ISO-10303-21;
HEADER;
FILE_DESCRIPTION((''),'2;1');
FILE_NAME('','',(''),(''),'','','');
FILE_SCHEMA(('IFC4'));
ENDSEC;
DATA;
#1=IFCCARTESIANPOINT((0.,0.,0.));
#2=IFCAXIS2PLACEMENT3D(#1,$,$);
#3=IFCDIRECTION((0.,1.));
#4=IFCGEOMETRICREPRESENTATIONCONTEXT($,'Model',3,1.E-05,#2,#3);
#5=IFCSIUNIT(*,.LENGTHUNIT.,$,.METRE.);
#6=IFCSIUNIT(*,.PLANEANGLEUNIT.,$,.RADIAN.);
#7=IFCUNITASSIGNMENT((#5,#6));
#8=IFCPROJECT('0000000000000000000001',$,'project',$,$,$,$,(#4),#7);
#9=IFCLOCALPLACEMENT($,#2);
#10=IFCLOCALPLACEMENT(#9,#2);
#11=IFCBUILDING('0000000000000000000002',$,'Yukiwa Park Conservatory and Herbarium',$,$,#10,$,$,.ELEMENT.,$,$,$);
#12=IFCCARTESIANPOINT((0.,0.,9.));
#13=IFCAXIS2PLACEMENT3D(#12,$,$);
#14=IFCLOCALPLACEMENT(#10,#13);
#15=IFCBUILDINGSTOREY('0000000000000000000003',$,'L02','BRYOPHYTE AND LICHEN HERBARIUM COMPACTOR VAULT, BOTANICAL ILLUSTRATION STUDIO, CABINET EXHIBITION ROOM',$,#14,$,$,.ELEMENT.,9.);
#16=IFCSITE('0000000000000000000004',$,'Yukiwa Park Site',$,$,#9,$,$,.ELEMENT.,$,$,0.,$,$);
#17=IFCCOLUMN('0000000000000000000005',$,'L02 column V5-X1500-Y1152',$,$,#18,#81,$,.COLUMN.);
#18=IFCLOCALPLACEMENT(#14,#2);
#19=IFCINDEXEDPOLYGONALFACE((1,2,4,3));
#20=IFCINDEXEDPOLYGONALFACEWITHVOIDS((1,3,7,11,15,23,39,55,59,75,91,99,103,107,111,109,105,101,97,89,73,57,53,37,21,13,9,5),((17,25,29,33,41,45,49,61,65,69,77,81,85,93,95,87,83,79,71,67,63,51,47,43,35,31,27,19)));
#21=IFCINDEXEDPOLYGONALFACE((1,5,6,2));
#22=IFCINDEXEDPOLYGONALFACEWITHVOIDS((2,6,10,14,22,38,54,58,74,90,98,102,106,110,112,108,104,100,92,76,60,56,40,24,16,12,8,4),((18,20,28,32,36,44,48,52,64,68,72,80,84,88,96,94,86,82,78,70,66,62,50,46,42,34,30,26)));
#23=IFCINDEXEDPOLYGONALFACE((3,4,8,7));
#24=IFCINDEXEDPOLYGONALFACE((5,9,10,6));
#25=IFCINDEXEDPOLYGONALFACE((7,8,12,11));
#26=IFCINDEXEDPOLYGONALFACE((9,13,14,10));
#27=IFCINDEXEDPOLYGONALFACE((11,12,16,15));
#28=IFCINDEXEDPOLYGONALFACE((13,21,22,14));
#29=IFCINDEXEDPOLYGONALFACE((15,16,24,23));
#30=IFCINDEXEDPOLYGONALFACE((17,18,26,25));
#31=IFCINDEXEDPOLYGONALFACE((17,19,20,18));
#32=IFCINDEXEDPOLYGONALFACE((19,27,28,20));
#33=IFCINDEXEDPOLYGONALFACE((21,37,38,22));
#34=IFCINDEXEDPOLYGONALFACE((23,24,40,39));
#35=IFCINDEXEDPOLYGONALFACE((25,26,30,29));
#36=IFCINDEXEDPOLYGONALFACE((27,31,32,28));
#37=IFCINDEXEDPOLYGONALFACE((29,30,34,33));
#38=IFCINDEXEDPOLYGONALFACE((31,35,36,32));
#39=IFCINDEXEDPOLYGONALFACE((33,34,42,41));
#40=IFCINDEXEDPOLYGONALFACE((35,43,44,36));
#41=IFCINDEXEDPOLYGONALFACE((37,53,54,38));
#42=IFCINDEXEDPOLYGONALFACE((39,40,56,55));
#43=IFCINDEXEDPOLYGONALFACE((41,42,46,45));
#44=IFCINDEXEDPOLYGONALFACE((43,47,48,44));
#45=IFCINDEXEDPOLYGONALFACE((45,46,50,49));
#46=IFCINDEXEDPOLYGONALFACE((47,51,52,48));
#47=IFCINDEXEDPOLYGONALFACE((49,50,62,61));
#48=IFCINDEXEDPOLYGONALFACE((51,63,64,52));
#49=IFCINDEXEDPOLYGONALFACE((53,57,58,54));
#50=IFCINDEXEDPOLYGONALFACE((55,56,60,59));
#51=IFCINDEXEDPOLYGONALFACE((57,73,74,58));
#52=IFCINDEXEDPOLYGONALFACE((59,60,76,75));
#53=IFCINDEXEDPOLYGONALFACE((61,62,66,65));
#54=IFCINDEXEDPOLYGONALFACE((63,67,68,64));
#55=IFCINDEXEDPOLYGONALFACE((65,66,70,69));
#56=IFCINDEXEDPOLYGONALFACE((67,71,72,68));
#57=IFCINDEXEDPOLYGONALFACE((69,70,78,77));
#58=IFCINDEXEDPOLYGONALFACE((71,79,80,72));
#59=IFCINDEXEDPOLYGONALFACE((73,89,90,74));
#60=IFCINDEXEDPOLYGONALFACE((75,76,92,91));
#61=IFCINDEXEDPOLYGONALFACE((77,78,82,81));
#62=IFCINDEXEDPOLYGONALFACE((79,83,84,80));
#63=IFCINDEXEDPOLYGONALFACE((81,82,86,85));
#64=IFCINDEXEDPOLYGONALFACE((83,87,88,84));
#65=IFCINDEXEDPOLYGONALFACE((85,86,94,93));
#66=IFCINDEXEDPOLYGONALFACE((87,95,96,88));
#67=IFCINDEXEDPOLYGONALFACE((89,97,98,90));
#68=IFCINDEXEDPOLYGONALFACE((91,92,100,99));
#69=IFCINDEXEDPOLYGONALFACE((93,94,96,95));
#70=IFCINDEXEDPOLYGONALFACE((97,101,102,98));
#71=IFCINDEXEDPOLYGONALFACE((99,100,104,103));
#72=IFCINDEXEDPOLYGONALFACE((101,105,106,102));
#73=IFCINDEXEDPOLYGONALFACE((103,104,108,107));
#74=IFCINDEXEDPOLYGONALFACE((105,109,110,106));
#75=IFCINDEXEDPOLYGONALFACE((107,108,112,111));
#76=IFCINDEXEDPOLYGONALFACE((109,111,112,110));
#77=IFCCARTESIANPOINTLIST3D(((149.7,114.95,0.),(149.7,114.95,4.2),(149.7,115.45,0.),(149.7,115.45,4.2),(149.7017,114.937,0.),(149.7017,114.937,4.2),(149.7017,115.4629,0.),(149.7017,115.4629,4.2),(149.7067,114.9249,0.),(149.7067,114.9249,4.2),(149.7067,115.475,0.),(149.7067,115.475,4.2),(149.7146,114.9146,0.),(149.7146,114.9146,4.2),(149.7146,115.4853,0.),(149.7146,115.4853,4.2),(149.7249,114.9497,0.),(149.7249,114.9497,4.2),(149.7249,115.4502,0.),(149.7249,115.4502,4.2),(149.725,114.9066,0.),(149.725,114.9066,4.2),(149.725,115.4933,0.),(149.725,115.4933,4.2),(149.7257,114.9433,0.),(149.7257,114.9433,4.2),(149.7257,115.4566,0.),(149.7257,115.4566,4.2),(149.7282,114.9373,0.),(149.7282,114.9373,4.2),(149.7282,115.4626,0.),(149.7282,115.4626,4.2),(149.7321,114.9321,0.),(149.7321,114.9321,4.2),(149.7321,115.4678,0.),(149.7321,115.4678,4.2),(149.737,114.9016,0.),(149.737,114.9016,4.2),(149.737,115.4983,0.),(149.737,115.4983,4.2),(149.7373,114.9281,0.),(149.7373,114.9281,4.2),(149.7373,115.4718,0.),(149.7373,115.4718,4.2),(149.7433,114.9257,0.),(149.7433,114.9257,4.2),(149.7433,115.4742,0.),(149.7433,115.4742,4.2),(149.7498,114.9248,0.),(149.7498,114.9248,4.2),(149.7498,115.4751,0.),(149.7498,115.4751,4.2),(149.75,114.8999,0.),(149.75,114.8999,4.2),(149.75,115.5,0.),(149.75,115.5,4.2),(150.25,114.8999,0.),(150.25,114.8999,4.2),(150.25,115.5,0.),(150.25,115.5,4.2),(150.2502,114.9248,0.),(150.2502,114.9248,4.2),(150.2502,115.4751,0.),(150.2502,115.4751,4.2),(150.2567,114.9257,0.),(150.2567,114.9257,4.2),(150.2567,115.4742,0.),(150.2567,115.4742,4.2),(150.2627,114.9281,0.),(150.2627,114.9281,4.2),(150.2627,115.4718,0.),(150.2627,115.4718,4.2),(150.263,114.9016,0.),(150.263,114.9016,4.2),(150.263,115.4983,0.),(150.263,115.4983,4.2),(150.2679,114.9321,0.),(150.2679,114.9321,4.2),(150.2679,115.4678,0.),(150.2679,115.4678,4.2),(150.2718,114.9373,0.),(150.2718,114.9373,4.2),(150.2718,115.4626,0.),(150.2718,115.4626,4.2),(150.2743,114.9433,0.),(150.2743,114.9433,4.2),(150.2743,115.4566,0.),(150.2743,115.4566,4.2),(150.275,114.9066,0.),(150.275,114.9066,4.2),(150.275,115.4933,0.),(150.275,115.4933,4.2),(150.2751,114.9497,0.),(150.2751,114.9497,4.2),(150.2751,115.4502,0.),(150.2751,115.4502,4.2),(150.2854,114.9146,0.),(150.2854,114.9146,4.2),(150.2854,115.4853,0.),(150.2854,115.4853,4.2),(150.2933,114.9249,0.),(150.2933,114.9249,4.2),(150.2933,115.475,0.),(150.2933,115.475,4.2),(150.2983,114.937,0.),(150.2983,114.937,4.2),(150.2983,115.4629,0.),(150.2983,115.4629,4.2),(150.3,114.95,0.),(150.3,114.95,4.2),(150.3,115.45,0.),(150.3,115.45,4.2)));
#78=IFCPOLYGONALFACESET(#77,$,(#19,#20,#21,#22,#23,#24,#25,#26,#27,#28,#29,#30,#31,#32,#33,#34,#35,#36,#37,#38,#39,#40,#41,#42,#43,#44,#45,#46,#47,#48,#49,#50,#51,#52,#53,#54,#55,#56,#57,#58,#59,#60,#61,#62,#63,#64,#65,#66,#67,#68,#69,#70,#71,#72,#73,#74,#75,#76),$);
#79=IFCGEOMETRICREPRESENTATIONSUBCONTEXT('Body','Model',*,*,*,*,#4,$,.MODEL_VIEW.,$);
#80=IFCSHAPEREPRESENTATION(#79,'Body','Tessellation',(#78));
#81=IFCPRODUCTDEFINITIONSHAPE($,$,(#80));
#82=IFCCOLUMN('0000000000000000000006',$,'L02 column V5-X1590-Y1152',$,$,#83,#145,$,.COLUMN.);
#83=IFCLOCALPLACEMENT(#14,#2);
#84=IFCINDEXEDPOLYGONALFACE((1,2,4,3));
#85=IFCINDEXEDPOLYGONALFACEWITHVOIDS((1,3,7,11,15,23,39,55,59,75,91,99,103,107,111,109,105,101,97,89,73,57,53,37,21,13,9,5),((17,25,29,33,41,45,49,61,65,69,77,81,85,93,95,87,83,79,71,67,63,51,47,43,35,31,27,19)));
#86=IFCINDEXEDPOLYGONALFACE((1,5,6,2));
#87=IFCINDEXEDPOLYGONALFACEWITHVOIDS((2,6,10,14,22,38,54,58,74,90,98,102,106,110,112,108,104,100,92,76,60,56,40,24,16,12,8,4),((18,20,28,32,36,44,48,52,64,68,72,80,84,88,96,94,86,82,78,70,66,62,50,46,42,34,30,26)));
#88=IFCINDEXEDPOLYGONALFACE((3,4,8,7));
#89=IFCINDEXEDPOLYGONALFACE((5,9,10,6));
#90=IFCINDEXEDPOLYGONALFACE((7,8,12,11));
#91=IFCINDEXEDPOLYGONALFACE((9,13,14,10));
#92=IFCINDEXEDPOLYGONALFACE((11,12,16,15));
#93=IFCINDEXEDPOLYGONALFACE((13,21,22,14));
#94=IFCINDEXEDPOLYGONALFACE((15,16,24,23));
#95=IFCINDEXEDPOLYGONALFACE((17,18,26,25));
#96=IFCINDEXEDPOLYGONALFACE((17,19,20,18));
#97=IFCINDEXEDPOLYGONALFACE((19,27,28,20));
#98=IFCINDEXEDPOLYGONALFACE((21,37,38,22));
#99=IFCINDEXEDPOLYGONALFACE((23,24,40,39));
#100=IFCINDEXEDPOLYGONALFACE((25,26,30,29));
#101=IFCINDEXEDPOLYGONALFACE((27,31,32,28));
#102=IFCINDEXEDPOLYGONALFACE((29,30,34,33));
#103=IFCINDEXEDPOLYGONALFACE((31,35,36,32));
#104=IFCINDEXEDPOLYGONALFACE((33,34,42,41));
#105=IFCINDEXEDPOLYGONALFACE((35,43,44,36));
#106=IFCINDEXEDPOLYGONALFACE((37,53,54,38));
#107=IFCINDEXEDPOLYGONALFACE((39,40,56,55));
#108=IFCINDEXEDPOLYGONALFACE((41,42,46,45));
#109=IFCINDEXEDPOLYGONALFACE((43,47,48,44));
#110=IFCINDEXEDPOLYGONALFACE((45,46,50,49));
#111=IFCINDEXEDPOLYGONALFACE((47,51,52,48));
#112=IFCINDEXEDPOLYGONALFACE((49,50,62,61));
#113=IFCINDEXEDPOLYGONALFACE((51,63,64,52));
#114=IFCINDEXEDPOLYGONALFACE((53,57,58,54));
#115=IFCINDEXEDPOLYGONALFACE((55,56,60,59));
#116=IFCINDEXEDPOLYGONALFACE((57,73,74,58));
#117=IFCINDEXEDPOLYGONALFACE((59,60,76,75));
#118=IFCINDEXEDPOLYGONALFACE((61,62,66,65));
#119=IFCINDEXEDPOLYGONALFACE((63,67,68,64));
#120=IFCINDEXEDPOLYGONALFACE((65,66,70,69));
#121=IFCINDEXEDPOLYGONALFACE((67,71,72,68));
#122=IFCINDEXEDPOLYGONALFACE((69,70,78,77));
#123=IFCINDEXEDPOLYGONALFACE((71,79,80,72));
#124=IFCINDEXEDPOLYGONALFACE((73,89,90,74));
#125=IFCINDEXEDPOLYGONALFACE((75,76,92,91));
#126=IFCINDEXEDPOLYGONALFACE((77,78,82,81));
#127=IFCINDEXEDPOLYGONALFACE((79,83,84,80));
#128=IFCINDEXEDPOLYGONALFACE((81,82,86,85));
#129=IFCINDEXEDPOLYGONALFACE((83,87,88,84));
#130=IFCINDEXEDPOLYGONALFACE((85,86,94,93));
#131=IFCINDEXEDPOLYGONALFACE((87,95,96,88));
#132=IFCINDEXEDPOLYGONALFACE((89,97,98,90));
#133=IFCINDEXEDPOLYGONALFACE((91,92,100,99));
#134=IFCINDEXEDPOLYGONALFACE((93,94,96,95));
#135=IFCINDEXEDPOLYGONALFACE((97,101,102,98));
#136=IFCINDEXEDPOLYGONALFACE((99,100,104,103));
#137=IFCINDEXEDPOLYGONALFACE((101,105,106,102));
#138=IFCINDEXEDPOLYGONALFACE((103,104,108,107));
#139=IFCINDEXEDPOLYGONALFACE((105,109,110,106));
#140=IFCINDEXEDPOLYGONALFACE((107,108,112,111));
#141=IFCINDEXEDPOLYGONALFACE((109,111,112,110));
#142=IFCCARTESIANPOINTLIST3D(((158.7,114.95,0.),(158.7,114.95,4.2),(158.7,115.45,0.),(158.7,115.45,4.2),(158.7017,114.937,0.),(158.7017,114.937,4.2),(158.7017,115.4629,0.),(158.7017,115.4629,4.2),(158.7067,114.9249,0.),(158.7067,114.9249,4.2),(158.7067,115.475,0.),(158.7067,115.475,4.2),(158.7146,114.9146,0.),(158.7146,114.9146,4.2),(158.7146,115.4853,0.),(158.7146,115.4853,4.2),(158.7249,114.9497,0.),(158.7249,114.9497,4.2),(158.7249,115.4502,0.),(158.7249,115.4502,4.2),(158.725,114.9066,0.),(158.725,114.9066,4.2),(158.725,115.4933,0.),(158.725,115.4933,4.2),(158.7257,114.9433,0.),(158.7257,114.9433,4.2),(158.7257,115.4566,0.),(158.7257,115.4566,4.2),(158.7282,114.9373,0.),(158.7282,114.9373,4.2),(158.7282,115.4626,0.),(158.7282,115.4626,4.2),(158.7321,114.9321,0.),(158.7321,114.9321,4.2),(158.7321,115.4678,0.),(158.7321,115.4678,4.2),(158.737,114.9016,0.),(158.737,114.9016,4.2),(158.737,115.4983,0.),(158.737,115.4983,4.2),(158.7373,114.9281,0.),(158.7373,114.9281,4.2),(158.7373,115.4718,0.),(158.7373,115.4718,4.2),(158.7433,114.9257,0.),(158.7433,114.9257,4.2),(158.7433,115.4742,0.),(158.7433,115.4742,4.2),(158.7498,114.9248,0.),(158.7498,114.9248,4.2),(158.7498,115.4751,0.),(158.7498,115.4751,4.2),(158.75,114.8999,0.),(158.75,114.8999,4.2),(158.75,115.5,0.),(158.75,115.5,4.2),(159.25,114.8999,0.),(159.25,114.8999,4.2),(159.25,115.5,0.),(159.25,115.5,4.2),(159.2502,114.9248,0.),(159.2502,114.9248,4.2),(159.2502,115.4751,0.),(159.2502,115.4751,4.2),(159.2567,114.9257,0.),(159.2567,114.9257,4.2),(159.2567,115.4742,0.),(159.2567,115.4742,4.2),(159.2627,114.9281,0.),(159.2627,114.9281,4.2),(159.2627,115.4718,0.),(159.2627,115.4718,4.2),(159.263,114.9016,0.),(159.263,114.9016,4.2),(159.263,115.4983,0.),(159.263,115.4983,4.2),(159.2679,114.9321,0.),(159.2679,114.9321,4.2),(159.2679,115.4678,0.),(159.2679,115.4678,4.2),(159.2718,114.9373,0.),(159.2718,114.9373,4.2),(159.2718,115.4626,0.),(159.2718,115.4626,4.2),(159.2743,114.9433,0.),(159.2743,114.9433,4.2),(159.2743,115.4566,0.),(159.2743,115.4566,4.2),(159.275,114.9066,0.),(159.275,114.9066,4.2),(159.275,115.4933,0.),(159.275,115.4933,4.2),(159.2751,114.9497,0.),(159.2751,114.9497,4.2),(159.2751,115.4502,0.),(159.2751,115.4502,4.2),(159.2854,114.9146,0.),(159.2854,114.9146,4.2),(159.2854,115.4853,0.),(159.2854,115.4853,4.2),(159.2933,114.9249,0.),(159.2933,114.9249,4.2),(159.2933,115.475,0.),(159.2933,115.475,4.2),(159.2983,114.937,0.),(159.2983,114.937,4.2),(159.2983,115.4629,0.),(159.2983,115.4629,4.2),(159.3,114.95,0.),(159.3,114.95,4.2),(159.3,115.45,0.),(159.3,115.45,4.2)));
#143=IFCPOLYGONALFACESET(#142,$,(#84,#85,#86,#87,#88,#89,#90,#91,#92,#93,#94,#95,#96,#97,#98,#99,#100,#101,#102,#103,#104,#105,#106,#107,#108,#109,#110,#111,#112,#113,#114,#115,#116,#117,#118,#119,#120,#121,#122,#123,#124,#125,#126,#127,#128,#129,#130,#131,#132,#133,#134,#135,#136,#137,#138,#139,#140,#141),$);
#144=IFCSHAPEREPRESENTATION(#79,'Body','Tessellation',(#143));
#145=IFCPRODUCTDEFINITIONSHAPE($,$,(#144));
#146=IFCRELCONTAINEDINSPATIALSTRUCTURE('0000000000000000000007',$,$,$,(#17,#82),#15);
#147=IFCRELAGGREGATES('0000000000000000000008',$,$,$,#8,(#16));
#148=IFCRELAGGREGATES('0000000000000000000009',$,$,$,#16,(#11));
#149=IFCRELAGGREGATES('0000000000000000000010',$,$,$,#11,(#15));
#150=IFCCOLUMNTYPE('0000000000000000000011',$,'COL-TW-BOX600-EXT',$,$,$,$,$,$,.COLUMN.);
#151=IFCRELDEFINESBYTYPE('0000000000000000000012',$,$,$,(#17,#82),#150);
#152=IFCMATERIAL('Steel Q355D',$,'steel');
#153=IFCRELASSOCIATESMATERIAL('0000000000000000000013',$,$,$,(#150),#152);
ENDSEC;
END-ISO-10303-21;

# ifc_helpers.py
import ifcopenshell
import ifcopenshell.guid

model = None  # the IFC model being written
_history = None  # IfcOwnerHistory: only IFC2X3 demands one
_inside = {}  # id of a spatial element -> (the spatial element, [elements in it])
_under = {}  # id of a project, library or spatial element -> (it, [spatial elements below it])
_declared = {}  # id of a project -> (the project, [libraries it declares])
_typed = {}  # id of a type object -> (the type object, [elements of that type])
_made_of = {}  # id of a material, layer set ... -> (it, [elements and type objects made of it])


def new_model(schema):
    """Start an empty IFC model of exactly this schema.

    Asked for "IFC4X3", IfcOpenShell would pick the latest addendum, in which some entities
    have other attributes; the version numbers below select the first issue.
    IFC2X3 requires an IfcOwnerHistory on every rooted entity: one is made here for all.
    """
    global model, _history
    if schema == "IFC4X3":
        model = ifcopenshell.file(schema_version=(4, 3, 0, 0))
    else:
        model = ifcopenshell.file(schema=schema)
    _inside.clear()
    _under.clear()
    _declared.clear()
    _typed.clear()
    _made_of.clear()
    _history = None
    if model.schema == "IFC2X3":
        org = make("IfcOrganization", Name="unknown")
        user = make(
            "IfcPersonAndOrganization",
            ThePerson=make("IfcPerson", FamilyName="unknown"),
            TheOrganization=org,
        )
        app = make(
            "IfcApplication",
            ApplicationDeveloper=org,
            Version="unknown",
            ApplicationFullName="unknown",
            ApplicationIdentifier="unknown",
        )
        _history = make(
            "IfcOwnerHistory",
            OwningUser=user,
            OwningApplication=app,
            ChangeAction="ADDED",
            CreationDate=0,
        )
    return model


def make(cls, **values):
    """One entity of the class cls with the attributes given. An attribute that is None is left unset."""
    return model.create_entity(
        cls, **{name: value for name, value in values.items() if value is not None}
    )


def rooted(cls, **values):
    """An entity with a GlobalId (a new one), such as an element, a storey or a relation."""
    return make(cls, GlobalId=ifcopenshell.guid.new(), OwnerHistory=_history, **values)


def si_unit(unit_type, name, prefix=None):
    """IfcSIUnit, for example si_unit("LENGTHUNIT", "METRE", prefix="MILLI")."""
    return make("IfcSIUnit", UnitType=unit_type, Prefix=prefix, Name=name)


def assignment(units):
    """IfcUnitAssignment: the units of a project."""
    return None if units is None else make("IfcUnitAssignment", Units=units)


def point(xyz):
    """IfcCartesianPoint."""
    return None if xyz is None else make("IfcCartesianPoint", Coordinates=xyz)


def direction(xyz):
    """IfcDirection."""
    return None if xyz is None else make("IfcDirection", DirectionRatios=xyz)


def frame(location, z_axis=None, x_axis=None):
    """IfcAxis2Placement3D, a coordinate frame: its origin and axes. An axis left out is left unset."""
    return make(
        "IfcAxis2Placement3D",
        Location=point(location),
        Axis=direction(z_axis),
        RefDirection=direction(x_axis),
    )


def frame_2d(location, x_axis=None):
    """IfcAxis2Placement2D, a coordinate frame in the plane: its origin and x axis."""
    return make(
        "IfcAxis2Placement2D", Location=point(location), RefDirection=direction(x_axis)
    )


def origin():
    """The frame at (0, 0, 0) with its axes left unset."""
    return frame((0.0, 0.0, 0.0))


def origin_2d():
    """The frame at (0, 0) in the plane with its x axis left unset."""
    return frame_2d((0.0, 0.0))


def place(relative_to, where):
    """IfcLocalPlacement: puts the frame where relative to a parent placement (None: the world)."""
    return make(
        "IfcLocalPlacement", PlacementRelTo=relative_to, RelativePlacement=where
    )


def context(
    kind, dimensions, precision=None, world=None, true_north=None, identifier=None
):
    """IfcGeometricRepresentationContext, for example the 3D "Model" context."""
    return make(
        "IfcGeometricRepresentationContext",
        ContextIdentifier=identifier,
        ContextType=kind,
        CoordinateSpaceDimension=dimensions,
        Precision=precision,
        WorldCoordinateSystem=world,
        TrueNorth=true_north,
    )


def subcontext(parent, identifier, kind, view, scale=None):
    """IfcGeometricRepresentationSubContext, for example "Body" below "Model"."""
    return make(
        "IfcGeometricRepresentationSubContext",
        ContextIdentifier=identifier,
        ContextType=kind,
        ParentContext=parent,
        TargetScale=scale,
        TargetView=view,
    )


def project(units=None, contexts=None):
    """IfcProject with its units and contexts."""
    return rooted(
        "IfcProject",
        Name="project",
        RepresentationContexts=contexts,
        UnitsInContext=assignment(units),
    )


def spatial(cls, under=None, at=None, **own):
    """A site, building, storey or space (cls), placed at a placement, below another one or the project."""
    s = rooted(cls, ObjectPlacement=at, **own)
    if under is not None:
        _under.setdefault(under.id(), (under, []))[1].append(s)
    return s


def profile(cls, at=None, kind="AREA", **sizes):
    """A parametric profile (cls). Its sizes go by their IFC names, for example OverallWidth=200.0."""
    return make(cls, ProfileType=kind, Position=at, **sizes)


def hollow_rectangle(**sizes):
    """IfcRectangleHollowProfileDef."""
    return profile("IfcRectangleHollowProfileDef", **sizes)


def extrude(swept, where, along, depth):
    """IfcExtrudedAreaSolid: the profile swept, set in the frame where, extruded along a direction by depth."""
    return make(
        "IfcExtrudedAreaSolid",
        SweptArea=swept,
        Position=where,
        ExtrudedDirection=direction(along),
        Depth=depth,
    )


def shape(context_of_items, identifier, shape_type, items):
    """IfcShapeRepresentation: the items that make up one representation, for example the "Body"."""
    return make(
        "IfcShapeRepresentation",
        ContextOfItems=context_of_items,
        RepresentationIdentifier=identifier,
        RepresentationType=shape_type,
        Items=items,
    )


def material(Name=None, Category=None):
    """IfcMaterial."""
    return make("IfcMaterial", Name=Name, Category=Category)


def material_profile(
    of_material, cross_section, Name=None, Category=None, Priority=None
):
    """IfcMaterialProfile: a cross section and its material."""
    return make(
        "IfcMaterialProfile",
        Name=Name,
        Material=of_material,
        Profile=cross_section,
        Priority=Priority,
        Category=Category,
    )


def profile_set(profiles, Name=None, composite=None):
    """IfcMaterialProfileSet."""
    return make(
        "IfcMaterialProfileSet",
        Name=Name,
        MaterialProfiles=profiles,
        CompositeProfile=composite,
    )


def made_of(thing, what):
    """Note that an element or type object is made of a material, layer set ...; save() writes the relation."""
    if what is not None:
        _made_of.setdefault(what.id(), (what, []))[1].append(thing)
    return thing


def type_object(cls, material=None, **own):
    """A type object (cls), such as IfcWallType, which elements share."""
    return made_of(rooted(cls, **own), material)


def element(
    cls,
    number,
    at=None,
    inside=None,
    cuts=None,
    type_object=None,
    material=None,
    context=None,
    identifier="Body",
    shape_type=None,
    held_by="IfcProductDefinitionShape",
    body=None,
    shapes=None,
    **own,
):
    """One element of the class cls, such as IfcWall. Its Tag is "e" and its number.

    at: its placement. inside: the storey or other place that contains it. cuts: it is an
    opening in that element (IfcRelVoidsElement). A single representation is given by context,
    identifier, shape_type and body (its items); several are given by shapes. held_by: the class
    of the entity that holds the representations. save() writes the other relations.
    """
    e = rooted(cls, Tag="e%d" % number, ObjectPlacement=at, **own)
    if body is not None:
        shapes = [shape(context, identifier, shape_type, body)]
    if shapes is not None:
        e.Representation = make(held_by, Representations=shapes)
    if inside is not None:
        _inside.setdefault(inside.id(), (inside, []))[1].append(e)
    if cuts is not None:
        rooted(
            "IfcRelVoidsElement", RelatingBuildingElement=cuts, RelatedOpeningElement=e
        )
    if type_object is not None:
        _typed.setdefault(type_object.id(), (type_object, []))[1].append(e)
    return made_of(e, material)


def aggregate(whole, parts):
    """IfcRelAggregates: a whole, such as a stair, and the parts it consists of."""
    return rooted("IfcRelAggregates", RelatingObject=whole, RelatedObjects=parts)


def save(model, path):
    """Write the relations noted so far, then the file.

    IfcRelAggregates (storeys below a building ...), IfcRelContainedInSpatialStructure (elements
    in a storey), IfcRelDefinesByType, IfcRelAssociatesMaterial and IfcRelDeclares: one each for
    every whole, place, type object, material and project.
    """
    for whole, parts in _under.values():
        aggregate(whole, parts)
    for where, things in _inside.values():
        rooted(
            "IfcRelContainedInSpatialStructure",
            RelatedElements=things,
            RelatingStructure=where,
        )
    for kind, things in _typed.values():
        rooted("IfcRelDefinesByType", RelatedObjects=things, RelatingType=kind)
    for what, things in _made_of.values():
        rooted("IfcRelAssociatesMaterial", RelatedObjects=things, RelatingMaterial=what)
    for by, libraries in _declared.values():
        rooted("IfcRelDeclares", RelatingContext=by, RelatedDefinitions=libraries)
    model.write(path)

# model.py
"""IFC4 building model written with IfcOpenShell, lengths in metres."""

from ifc_helpers import new_model, si_unit, direction, frame, origin, origin_2d, place, context, subcontext, project, spatial, hollow_rectangle, extrude, material, material_profile, profile_set, type_object, element, save


model = new_model("IFC4")

# Units and contexts
model_context = context("Model", 3, precision=1e-05, world=origin(), true_north=direction((0.0, 1.0)))
body_context = subcontext(model_context, "Body", "Model", "MODEL_VIEW")
ifc_project = project(units=[si_unit("LENGTHUNIT", "METRE"), si_unit("PLANEANGLEUNIT", "RADIAN")], contexts=[model_context])

# Site, building, storey
site_placement = place(None, origin())
site = spatial("IfcSite", under=ifc_project, at=site_placement, Name="Yukiwa Park Site", CompositionType="ELEMENT", RefElevation=0.0)
building_placement = place(site_placement, origin())
building = spatial("IfcBuilding", under=site, at=building_placement, Name="Yukiwa Park Conservatory and Herbarium", CompositionType="ELEMENT")
storey_placement = place(building_placement, frame((0.0, 0.0, 9.0)))
storey = spatial("IfcBuildingStorey", under=building, at=storey_placement, Name="L02", Description="BRYOPHYTE AND LICHEN HERBARIUM COMPACTOR VAULT, BOTANICAL ILLUSTRATION STUDIO, CABINET EXHIBITION ROOM", CompositionType="ELEMENT", Elevation=9.0)

# Columns
ifc_material_1 = material(Name="Steel Q355D", Category="steel")
ifc_material_profile_1 = material_profile(ifc_material_1, hollow_rectangle(XDim=0.6001, YDim=0.6001, WallThickness=0.0249, InnerFilletRadius=0.0249, OuterFilletRadius=0.05, at=origin_2d()), Name="BOX 600x600x25")
ifc_profile_set_1 = profile_set([ifc_material_profile_1], Name="Steel Q355D")
column_type_1 = type_object("IfcColumnType", Name="COL-TW-BOX600-EXT", PredefinedType="COLUMN", material=ifc_profile_set_1)
for number, where, z_axis, x_axis, name in (
    (1, (150.0, 115.2, 0.0), (0.0, 0.0, 1.0), (1.0, 0.0, 0.0), "L02 column V5-X1500-Y1152"),
    (2, (159.0, 115.2, 0.0), (0.0, 0.0, 1.0), (1.0, 0.0, 0.0), "L02 column V5-X1590-Y1152"),
):
    element("IfcColumn", number, at=place(storey_placement, frame(where, z_axis=z_axis, x_axis=x_axis)), inside=storey, type_object=column_type_1, Name=name, PredefinedType="COLUMN", context=body_context, shape_type="SweptSolid", body=[
        extrude(hollow_rectangle(XDim=0.6001, YDim=0.6001, WallThickness=0.0249, InnerFilletRadius=0.0249, OuterFilletRadius=0.05, at=origin_2d()), origin(), (0.0, 0.0, 1.0), 4.2),
    ])

save(model, "model.ifc")
